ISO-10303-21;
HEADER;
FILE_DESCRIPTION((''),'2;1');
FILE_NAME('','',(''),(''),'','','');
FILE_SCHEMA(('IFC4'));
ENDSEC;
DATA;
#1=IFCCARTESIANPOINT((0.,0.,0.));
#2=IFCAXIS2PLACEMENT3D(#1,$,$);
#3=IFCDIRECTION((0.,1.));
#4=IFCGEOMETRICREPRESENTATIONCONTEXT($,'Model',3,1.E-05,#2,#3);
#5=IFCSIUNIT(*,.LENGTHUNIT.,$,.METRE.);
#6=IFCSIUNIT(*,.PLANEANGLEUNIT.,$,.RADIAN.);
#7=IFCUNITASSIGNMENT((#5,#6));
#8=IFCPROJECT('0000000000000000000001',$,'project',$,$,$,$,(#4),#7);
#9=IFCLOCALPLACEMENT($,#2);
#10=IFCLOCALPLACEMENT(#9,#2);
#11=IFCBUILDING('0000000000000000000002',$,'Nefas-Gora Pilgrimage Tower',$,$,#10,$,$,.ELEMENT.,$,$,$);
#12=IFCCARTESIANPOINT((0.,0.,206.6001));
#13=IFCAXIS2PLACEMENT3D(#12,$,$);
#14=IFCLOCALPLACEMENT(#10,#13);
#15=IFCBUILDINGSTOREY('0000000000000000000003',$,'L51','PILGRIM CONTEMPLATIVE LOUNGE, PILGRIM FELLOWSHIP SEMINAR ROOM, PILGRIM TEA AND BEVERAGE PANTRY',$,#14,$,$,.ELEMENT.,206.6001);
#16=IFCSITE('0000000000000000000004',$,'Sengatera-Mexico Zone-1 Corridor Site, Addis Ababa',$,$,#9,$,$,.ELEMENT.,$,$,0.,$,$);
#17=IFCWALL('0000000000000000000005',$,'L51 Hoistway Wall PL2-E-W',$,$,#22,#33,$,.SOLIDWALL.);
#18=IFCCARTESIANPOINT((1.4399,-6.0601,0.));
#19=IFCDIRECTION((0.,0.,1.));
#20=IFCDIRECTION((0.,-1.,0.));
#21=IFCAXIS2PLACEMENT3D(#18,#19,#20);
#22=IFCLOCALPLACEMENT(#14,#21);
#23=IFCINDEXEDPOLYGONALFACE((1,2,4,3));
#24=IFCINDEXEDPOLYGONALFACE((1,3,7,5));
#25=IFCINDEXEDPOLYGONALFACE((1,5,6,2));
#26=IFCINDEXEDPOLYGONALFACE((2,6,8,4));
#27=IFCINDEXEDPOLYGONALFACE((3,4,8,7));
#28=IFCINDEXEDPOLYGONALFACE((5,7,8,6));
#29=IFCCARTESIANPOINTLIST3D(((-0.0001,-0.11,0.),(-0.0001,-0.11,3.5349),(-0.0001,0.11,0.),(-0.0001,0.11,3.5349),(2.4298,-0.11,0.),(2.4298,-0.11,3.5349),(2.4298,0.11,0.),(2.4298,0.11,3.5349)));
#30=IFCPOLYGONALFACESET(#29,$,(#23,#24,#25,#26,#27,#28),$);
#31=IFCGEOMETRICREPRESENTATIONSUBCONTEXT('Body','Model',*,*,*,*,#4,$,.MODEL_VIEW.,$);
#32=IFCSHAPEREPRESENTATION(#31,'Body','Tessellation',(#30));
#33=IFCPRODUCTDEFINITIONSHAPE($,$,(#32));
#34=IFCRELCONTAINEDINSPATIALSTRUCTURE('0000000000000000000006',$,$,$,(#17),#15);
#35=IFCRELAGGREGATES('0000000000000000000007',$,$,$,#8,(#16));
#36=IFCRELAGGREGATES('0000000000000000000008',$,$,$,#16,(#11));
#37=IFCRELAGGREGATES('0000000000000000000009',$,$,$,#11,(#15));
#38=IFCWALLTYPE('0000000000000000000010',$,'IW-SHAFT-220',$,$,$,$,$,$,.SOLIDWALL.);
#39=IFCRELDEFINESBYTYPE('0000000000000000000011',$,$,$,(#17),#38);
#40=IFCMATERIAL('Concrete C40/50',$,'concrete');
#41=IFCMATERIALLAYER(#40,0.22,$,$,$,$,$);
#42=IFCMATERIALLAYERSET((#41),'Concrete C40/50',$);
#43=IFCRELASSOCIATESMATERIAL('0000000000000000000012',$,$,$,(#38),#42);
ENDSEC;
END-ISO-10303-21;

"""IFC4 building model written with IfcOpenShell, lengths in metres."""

from ifc_helpers import new_model, si_unit, direction, frame, frame_2d, origin, place, context, subcontext, project, spatial, rectangle, extrude, source, transform, mapped, material, layer, layer_set, type_object, element, save


model = new_model("IFC4")

# Units and contexts
model_context = context("Model", 3, precision=1e-05, world=origin(), true_north=direction((0.0, 1.0)))
body_context = subcontext(model_context, "Body", "Model", "MODEL_VIEW")
ifc_project = project(units=[si_unit("LENGTHUNIT", "METRE"), si_unit("PLANEANGLEUNIT", "RADIAN")], contexts=[model_context])

# Site, building, storey
site_placement = place(None, origin())
site = spatial("IfcSite", under=ifc_project, at=site_placement, Name="Sengatera-Mexico Zone-1 Corridor Site, Addis Ababa", CompositionType="ELEMENT", RefElevation=0.0)
building_placement = place(site_placement, origin())
building = spatial("IfcBuilding", under=site, at=building_placement, Name="Nefas-Gora Pilgrimage Tower", CompositionType="ELEMENT")
storey_placement = place(building_placement, frame((0.0, 0.0, 206.6001)))
storey = spatial("IfcBuildingStorey", under=building, at=storey_placement, Name="L51", Description="PILGRIM CONTEMPLATIVE LOUNGE, PILGRIM FELLOWSHIP SEMINAR ROOM, PILGRIM TEA AND BEVERAGE PANTRY", CompositionType="ELEMENT", Elevation=206.6001)

# Shared definitions
ifc_material_1 = material(Name="Concrete C40/50", Category="concrete")

# Shared definitions
ifc_layer_1 = layer(ifc_material_1, 0.22)
ifc_layer_set_1 = layer_set([ifc_layer_1], Name="Concrete C40/50")
wall_type_1 = type_object("IfcWallType", Name="IW-SHAFT-220", PredefinedType="SOLIDWALL", material=ifc_layer_set_1)

# Wall
shared_shape_1 = source(origin(), body_context, "Body", "SweptSolid", [
    extrude(rectangle(XDim=2.4299, YDim=0.22, at=frame_2d((1.2148, 0.0))), origin(), (0.0, 0.0, 1.0), 3.5349),
])
for number, where, z_axis, x_axis, name in (
    (1, (1.4399, -6.0601, 0.0), (0.0, 0.0, 1.0), (0.0, -1.0, 0.0), "L51 Hoistway Wall PL2-E-W"),
):
    element("IfcWall", number, at=place(storey_placement, frame(where, z_axis=z_axis, x_axis=x_axis)), inside=storey, type_object=wall_type_1, Name=name, PredefinedType="SOLIDWALL", context=body_context, shape_type="MappedRepresentation", body=[
        mapped(shared_shape_1, transform((0.0, 0.0, 0.0), x_axis=(1.0, 0.0, 0.0), y_axis=(0.0, 1.0, 0.0), z_axis=(0.0, 0.0, 1.0), scale=1.0)),
    ])

save(model, "model.ifc")
